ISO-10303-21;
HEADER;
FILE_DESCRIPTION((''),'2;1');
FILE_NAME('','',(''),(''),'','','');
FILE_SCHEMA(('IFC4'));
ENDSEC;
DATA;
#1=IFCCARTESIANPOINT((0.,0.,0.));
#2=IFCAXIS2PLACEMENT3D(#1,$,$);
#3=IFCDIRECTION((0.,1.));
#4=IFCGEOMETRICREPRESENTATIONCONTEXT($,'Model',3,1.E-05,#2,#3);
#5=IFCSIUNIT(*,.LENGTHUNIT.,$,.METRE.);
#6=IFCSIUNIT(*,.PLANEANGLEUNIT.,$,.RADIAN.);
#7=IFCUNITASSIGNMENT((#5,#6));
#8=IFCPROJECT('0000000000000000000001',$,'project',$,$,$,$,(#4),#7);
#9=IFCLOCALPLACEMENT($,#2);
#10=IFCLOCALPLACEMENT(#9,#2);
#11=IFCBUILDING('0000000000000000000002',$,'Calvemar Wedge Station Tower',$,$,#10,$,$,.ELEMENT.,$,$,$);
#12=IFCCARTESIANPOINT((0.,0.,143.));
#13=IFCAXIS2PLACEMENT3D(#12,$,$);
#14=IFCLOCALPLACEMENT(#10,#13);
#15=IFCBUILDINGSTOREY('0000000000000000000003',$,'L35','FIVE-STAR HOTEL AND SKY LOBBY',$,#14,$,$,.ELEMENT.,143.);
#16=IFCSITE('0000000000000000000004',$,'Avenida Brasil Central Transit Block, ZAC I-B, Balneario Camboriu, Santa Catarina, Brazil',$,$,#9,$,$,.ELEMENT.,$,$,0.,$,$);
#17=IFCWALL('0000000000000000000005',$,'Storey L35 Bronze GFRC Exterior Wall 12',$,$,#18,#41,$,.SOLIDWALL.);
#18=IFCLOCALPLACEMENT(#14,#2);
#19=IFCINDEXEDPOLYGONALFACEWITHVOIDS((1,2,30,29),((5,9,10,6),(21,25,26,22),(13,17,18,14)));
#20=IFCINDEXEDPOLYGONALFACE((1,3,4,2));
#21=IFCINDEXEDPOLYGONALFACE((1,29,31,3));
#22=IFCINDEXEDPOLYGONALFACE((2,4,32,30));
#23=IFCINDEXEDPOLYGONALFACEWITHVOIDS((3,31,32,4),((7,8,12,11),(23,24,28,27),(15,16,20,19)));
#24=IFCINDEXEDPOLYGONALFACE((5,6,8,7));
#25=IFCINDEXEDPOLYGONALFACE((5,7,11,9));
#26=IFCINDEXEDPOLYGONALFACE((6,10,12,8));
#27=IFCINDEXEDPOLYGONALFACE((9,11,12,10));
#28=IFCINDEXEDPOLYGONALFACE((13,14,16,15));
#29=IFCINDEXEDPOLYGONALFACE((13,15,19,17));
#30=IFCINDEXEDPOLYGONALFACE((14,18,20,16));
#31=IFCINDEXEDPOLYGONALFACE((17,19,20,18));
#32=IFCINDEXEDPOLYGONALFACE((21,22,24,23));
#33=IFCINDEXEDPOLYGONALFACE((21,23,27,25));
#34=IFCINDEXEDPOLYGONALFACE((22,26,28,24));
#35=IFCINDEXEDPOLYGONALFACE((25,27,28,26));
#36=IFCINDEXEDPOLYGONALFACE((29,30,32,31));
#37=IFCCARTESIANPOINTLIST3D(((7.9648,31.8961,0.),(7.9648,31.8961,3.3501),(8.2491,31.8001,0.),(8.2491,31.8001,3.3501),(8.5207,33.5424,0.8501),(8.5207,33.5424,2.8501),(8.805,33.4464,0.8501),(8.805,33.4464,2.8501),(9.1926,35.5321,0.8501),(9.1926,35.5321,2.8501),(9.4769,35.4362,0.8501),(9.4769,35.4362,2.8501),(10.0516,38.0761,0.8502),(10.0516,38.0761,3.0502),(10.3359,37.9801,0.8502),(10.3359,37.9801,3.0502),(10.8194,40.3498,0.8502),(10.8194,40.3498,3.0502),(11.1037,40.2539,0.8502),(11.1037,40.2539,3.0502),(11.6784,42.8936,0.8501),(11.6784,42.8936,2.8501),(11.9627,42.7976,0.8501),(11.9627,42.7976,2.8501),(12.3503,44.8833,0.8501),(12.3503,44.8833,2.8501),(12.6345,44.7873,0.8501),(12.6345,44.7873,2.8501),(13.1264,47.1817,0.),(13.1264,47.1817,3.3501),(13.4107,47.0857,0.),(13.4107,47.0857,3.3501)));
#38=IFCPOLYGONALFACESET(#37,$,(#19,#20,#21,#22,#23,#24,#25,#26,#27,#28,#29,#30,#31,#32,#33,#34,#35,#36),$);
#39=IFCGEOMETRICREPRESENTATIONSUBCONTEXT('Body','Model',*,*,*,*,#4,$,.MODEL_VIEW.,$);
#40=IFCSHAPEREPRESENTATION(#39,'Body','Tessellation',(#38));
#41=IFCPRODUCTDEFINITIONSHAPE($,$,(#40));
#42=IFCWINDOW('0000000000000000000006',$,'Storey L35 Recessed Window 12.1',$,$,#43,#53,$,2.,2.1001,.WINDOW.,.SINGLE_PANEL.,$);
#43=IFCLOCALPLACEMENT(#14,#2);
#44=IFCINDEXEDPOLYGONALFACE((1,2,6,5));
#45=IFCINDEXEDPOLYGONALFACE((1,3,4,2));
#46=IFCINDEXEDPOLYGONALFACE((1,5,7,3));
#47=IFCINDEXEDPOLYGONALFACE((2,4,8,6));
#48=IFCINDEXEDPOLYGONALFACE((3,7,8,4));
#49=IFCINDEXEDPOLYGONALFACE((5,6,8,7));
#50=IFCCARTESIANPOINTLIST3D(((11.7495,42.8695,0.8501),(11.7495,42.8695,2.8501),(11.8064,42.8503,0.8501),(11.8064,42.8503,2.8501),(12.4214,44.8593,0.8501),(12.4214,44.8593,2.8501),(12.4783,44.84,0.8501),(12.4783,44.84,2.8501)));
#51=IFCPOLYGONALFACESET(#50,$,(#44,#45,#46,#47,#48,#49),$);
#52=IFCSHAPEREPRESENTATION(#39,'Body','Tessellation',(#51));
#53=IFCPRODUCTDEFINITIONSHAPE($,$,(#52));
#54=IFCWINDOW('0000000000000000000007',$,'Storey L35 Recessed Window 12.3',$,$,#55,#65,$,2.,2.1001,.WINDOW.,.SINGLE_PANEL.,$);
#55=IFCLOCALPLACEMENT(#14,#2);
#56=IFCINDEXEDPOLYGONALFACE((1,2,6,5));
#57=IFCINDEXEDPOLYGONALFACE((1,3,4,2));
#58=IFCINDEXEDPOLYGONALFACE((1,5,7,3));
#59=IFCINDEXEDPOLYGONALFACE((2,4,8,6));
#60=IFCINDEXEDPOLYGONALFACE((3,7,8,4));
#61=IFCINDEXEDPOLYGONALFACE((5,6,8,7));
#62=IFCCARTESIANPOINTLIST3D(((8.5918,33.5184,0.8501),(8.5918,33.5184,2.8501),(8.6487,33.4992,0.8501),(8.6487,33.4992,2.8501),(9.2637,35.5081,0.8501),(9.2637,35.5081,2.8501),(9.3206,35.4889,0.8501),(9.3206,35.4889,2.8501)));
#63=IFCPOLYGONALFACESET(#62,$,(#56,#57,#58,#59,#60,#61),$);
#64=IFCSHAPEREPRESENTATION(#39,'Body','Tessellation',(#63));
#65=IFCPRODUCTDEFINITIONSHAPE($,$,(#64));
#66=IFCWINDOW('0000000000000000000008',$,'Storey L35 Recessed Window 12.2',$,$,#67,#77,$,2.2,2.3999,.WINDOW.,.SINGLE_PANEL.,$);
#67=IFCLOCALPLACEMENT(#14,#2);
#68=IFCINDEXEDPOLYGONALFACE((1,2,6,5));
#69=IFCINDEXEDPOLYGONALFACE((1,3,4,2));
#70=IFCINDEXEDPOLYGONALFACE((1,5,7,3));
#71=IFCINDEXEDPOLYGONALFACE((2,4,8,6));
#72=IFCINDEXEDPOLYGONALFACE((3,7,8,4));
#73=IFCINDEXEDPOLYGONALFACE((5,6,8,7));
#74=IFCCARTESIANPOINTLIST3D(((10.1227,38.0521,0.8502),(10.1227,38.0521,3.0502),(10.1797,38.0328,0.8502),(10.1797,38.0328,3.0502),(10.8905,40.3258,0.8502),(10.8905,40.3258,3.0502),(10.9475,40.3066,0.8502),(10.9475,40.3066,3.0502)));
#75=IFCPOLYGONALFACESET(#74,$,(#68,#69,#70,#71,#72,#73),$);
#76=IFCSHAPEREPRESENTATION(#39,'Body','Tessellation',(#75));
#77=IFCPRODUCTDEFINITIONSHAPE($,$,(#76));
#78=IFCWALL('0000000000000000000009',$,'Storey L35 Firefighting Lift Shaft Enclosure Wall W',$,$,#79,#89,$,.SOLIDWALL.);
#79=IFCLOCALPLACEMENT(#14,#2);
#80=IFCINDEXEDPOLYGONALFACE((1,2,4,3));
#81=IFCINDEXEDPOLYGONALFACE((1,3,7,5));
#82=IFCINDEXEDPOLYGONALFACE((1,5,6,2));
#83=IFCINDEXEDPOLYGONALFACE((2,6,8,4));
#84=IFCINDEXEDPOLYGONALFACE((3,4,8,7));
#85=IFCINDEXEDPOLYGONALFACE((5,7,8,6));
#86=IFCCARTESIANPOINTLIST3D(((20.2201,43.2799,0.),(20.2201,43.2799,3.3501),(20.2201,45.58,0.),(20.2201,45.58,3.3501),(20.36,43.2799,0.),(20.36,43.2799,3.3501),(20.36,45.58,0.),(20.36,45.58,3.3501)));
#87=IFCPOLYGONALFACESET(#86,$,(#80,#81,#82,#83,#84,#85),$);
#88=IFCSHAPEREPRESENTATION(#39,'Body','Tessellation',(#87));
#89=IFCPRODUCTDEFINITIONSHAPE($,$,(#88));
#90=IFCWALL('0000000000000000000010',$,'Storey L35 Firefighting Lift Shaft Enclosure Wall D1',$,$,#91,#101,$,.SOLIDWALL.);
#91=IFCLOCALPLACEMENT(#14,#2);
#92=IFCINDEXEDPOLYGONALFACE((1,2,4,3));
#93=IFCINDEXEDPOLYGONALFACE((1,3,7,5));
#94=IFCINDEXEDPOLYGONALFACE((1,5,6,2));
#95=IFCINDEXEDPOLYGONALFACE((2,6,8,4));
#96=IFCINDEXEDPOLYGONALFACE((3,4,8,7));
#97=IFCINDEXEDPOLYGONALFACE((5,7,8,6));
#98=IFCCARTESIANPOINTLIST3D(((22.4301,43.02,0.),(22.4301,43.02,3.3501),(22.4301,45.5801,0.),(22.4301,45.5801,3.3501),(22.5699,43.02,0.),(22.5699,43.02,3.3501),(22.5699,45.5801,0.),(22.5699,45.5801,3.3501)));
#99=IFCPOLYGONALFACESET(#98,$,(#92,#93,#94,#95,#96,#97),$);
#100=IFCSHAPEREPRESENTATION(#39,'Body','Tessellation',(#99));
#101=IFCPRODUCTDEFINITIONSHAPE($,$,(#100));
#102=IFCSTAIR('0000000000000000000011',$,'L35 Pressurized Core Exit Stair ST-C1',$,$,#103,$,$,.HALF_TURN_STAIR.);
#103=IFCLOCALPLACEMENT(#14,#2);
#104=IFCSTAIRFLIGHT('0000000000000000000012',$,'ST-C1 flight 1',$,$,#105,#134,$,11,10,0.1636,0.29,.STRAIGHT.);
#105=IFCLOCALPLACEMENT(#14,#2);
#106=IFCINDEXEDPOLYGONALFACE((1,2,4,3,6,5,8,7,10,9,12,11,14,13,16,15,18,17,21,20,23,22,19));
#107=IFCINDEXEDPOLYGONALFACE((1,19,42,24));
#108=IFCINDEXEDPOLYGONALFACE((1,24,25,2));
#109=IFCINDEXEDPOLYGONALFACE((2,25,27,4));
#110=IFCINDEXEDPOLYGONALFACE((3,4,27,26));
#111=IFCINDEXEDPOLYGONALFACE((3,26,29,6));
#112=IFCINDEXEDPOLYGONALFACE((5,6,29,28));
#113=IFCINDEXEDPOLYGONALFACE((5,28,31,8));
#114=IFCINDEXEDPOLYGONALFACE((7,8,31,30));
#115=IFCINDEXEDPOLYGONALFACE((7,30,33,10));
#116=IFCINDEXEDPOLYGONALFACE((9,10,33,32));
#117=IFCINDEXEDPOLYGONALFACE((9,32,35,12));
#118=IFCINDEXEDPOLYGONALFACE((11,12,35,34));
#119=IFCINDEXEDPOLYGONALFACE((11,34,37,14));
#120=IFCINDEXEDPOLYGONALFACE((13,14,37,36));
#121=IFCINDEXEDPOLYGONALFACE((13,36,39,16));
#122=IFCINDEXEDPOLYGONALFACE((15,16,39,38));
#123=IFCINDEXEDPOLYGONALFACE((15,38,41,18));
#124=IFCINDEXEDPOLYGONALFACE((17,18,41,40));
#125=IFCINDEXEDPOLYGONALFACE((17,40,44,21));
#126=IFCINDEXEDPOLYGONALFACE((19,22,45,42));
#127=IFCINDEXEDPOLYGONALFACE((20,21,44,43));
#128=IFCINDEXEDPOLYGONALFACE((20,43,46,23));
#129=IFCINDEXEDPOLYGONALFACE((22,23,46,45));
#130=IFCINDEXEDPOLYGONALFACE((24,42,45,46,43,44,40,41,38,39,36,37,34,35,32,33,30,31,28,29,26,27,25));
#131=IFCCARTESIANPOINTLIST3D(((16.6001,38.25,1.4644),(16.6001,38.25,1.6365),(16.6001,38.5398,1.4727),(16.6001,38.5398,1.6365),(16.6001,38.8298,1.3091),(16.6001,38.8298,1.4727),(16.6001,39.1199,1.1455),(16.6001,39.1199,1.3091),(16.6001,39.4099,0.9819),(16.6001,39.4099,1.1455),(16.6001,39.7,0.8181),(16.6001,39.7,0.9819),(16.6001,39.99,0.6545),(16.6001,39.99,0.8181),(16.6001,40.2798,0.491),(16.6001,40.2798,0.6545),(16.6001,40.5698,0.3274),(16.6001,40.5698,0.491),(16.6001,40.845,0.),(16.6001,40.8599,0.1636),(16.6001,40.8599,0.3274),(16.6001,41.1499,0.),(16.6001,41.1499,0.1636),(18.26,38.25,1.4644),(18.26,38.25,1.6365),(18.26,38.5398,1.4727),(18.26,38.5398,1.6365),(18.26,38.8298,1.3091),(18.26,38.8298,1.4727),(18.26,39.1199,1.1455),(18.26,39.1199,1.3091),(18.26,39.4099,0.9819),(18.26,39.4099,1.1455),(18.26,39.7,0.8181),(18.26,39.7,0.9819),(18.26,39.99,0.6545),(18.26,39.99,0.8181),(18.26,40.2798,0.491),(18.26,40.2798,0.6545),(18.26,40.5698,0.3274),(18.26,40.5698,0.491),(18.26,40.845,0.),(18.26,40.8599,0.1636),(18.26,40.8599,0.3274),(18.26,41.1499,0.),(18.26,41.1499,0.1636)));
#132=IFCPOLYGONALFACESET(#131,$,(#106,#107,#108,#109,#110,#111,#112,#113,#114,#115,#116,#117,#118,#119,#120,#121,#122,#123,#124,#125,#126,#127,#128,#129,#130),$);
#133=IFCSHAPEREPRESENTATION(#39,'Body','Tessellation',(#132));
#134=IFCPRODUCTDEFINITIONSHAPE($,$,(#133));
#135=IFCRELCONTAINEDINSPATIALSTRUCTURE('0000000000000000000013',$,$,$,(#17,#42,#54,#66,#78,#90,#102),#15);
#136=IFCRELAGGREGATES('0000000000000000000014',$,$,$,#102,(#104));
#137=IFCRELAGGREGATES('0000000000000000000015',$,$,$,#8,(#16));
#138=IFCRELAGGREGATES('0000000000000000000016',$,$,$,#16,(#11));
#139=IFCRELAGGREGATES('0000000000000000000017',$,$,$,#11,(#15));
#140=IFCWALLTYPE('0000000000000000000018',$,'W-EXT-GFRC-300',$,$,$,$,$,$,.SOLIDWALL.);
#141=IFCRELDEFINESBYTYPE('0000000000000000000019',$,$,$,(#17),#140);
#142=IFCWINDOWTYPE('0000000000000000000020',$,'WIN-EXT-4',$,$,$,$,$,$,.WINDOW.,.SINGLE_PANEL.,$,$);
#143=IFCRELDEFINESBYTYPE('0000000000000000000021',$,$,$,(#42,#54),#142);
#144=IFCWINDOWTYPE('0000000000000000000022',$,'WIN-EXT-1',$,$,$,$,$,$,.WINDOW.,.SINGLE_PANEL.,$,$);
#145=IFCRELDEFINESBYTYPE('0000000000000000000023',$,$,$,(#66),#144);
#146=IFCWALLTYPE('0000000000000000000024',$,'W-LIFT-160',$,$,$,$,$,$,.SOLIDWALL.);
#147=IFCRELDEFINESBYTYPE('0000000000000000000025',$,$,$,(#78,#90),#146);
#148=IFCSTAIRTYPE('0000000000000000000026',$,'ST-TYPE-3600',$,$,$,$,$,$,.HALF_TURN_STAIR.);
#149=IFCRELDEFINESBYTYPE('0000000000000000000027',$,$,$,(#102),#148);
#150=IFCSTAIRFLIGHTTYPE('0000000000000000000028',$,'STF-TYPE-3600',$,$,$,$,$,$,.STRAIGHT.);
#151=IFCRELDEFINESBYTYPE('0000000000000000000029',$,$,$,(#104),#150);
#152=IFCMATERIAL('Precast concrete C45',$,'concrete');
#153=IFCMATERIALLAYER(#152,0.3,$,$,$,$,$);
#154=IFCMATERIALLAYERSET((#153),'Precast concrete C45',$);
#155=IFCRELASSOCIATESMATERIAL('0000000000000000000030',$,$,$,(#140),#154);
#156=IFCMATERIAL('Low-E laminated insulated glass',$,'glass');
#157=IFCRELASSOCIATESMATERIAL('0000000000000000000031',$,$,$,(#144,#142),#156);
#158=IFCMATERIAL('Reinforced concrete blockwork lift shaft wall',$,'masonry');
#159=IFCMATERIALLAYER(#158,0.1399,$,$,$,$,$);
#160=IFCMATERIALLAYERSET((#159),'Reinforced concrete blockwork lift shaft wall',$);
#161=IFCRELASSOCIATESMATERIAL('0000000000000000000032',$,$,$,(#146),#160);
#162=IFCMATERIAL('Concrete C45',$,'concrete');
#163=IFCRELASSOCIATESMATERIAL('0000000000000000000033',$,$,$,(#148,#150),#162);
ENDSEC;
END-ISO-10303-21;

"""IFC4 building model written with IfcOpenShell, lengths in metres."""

from ifc_helpers import new_model, si_unit, direction, frame, frame_2d, origin, place, context, subcontext, project, spatial, polyline, rectangle, outline, extrude, source, transform, mapped, material, layer, layer_set, type_object, element, fill, aggregate, save


model = new_model("IFC4")

# Units and contexts
model_context = context("Model", 3, precision=1e-05, world=origin(), true_north=direction((0.0, 1.0)))
body_context = subcontext(model_context, "Body", "Model", "MODEL_VIEW")
ifc_project = project(units=[si_unit("LENGTHUNIT", "METRE"), si_unit("PLANEANGLEUNIT", "RADIAN")], contexts=[model_context])

# Site, building, storey
site_placement = place(None, origin())
site = spatial("IfcSite", under=ifc_project, at=site_placement, Name="Avenida Brasil Central Transit Block, ZAC I-B, Balneario Camboriu, Santa Catarina, Brazil", CompositionType="ELEMENT", RefElevation=0.0)
building_placement = place(site_placement, origin())
building = spatial("IfcBuilding", under=site, at=building_placement, Name="Calvemar Wedge Station Tower", CompositionType="ELEMENT")
storey_placement = place(building_placement, frame((0.0, 0.0, 143.0)))
storey = spatial("IfcBuildingStorey", under=building, at=storey_placement, Name="L35", Description="FIVE-STAR HOTEL AND SKY LOBBY", CompositionType="ELEMENT", Elevation=143.0)

# Shared definitions
ifc_material_1 = material(Name="Precast concrete C45", Category="concrete")
ifc_layer_1 = layer(ifc_material_1, 0.3)
ifc_layer_set_1 = layer_set([ifc_layer_1], Name="Precast concrete C45")
wall_type_1 = type_object("IfcWallType", Name="W-EXT-GFRC-300", PredefinedType="SOLIDWALL", material=ifc_layer_set_1)

# Wall, openings, windows
shared_shape_1 = source(origin(), body_context, "Body", "SweptSolid", [
    extrude(rectangle(XDim=2.3999, YDim=2.2, at=frame_2d((1.2, 1.1001))), frame((0.0, 0.1602, 0.0), z_axis=(0.0, -1.0, 0.0), x_axis=(1.0, 0.0, 0.0)), (0.0, 0.0, 1.0), 0.3201),
])
ifc_material_2 = material(Name="Low-E laminated insulated glass", Category="glass")
window_type_1 = type_object("IfcWindowType", Name="WIN-EXT-1", PartitioningType="SINGLE_PANEL", PredefinedType="WINDOW", material=ifc_material_2)
shared_shape_2 = source(origin(), body_context, "Body", "SweptSolid", [
    extrude(rectangle(XDim=2.3999, YDim=2.2, at=frame_2d((1.2, 1.1001))), frame((0.0, -0.0149, 0.0), z_axis=(0.0, -1.0, 0.0), x_axis=(1.0, 0.0, 0.0)), (0.0, 0.0, 1.0), 0.0601),
])
wall_1_placement = place(storey_placement, frame((13.2686, 47.1338, 0.0), z_axis=(0.0, 0.0, 1.0), x_axis=(-0.31993, -0.947441, 0.0)))
wall_1 = element("IfcWall", 1, at=wall_1_placement, inside=storey, type_object=wall_type_1, Name="Storey L35 Bronze GFRC Exterior Wall 12", PredefinedType="SOLIDWALL", context=body_context, shape_type="SweptSolid", body=[
    extrude(rectangle(XDim=16.1335, YDim=0.3, at=frame_2d((8.0669, 0.0))), origin(), (0.0, 0.0, 1.0), 3.3501),
])
shared_shape_3 = source(origin(), body_context, "Body", "SweptSolid", [
    extrude(rectangle(XDim=2.1001, YDim=2.0, at=frame_2d((1.05, 1.0))), frame((0.0, 0.1602, 0.0), z_axis=(0.0, -1.0, 0.0), x_axis=(1.0, 0.0, 0.0)), (0.0, 0.0, 1.0), 0.3201),
])
opening_1_placement = place(wall_1_placement, frame((2.426, 0.0, 0.8501)))
opening_1 = element("IfcOpeningElement", 2, at=opening_1_placement, cuts=wall_1, PredefinedType="OPENING", context=body_context, shape_type="MappedRepresentation", body=[
    mapped(shared_shape_3, transform((0.0, 0.0, 0.0), scale=1.0)),
])
opening_2_placement = place(wall_1_placement, frame((7.2109, 0.0, 0.8501)))
opening_2 = element("IfcOpeningElement", 3, at=opening_2_placement, cuts=wall_1, PredefinedType="OPENING", context=body_context, shape_type="MappedRepresentation", body=[
    mapped(shared_shape_1, transform((0.0, 0.0, 0.0), scale=1.0)),
])
opening_3_placement = place(wall_1_placement, frame((12.2959, 0.0, 0.8501)))
opening_3 = element("IfcOpeningElement", 4, at=opening_3_placement, cuts=wall_1, PredefinedType="OPENING", context=body_context, shape_type="MappedRepresentation", body=[
    mapped(shared_shape_3, transform((0.0, 0.0, 0.0), scale=1.0)),
])
window_type_2 = type_object("IfcWindowType", Name="WIN-EXT-4", PartitioningType="SINGLE_PANEL", PredefinedType="WINDOW", material=ifc_material_2)
shared_shape_4 = source(origin(), body_context, "Body", "SweptSolid", [
    extrude(rectangle(XDim=2.1001, YDim=2.0, at=frame_2d((1.05, 1.0))), frame((0.0, -0.0149, 0.0), z_axis=(0.0, -1.0, 0.0), x_axis=(1.0, 0.0, 0.0)), (0.0, 0.0, 1.0), 0.0601),
])
window_1_placement = place(opening_1_placement, origin())
window_1 = element("IfcWindow", 5, at=window_1_placement, inside=storey, type_object=window_type_2, Name="Storey L35 Recessed Window 12.1", OverallHeight=2.0, OverallWidth=2.1001, PartitioningType="SINGLE_PANEL", PredefinedType="WINDOW", context=body_context, shape_type="MappedRepresentation", body=[
    mapped(shared_shape_4, transform((0.0, 0.0, 0.0), scale=1.0)),
])
fill(opening_1, window_1)
window_2_placement = place(opening_3_placement, origin())
window_2 = element("IfcWindow", 6, at=window_2_placement, inside=storey, type_object=window_type_2, Name="Storey L35 Recessed Window 12.3", OverallHeight=2.0, OverallWidth=2.1001, PartitioningType="SINGLE_PANEL", PredefinedType="WINDOW", context=body_context, shape_type="MappedRepresentation", body=[
    mapped(shared_shape_4, transform((0.0, 0.0, 0.0), scale=1.0)),
])
fill(opening_3, window_2)
window_3_placement = place(opening_2_placement, origin())
window_3 = element("IfcWindow", 7, at=window_3_placement, inside=storey, type_object=window_type_1, Name="Storey L35 Recessed Window 12.2", OverallHeight=2.2, OverallWidth=2.3999, PartitioningType="SINGLE_PANEL", PredefinedType="WINDOW", context=body_context, shape_type="MappedRepresentation", body=[
    mapped(shared_shape_2, transform((0.0, 0.0, 0.0), scale=1.0)),
])
fill(opening_2, window_3)

# Shared definitions
ifc_material_3 = material(Name="Reinforced concrete blockwork lift shaft wall", Category="masonry")
ifc_layer_2 = layer(ifc_material_3, 0.1399)
ifc_layer_set_2 = layer_set([ifc_layer_2], Name="Reinforced concrete blockwork lift shaft wall")
wall_type_2 = type_object("IfcWallType", Name="W-LIFT-160", PredefinedType="SOLIDWALL", material=ifc_layer_set_2)

# Walls
wall_2_placement = place(storey_placement, frame((20.29, 43.28, 0.0), z_axis=(0.0, 0.0, 1.0), x_axis=(0.0, 1.0, 0.0)))
element("IfcWall", 8, at=wall_2_placement, inside=storey, type_object=wall_type_2, Name="Storey L35 Firefighting Lift Shaft Enclosure Wall W", PredefinedType="SOLIDWALL", context=body_context, shape_type="SweptSolid", body=[
    extrude(rectangle(XDim=2.3, YDim=0.1399, at=frame_2d((1.1499, 0.0))), origin(), (0.0, 0.0, 1.0), 3.3501),
])
wall_3_placement = place(storey_placement, frame((22.5, 43.02, 0.0), z_axis=(0.0, 0.0, 1.0), x_axis=(0.0, 1.0, 0.0)))
element("IfcWall", 9, at=wall_3_placement, inside=storey, type_object=wall_type_2, Name="Storey L35 Firefighting Lift Shaft Enclosure Wall D1", PredefinedType="SOLIDWALL", context=body_context, shape_type="SweptSolid", body=[
    extrude(rectangle(XDim=2.5601, YDim=0.1399, at=frame_2d((1.28, 0.0))), origin(), (0.0, 0.0, 1.0), 3.3501),
])

# Stair, stair flight
ifc_material_4 = material(Name="Concrete C45", Category="concrete")
stair_type = type_object("IfcStairType", Name="ST-TYPE-3600", PredefinedType="HALF_TURN_STAIR", material=ifc_material_4)
stair_placement = place(storey_placement, origin())
stair = element("IfcStair", 10, at=stair_placement, inside=storey, type_object=stair_type, Name="L35 Pressurized Core Exit Stair ST-C1", PredefinedType="HALF_TURN_STAIR")
stair_flight_type = type_object("IfcStairFlightType", Name="STF-TYPE-3600", PredefinedType="STRAIGHT", material=ifc_material_4)
stair_flight_placement = place(storey_placement, frame((17.4299, 41.1499, 0.0), z_axis=(0.0, 0.0, 1.0), x_axis=(0.0, -1.0, 0.0)))
stair_flight = element("IfcStairFlight", 11, at=stair_flight_placement, type_object=stair_flight_type, Name="ST-C1 flight 1", NumberOfRisers=11, NumberOfTreads=10, PredefinedType="STRAIGHT", RiserHeight=0.1636, TreadLength=0.29, context=body_context, shape_type="SweptSolid", body=[
    extrude(outline(polyline([(0.0, 0.0), (0.0, 0.1636), (0.29, 0.1636), (0.29, 0.3274), (0.5801, 0.3274), (0.5801, 0.491), (0.8701, 0.491), (0.8701, 0.6545), (1.1599, 0.6545), (1.1599, 0.8181), (1.45, 0.8181), (1.45, 0.9819), (1.74, 0.9819), (1.74, 1.1455), (2.03, 1.1455), (2.03, 1.3091), (2.3201, 1.3091), (2.3201, 1.4727), (2.6101, 1.4727), (2.6101, 1.6365), (2.8999, 1.6365), (2.8999, 1.8), (2.8999, 1.4644), (0.3049, 0.0), (0.0, 0.0)])), frame((0.0, 0.8301, 0.0), z_axis=(0.0, -1.0, 0.0), x_axis=(1.0, 0.0, 0.0)), (0.0, 0.0, 1.0), 1.6599),
])
aggregate(stair, [stair_flight])

save(model, "model.ifc")
